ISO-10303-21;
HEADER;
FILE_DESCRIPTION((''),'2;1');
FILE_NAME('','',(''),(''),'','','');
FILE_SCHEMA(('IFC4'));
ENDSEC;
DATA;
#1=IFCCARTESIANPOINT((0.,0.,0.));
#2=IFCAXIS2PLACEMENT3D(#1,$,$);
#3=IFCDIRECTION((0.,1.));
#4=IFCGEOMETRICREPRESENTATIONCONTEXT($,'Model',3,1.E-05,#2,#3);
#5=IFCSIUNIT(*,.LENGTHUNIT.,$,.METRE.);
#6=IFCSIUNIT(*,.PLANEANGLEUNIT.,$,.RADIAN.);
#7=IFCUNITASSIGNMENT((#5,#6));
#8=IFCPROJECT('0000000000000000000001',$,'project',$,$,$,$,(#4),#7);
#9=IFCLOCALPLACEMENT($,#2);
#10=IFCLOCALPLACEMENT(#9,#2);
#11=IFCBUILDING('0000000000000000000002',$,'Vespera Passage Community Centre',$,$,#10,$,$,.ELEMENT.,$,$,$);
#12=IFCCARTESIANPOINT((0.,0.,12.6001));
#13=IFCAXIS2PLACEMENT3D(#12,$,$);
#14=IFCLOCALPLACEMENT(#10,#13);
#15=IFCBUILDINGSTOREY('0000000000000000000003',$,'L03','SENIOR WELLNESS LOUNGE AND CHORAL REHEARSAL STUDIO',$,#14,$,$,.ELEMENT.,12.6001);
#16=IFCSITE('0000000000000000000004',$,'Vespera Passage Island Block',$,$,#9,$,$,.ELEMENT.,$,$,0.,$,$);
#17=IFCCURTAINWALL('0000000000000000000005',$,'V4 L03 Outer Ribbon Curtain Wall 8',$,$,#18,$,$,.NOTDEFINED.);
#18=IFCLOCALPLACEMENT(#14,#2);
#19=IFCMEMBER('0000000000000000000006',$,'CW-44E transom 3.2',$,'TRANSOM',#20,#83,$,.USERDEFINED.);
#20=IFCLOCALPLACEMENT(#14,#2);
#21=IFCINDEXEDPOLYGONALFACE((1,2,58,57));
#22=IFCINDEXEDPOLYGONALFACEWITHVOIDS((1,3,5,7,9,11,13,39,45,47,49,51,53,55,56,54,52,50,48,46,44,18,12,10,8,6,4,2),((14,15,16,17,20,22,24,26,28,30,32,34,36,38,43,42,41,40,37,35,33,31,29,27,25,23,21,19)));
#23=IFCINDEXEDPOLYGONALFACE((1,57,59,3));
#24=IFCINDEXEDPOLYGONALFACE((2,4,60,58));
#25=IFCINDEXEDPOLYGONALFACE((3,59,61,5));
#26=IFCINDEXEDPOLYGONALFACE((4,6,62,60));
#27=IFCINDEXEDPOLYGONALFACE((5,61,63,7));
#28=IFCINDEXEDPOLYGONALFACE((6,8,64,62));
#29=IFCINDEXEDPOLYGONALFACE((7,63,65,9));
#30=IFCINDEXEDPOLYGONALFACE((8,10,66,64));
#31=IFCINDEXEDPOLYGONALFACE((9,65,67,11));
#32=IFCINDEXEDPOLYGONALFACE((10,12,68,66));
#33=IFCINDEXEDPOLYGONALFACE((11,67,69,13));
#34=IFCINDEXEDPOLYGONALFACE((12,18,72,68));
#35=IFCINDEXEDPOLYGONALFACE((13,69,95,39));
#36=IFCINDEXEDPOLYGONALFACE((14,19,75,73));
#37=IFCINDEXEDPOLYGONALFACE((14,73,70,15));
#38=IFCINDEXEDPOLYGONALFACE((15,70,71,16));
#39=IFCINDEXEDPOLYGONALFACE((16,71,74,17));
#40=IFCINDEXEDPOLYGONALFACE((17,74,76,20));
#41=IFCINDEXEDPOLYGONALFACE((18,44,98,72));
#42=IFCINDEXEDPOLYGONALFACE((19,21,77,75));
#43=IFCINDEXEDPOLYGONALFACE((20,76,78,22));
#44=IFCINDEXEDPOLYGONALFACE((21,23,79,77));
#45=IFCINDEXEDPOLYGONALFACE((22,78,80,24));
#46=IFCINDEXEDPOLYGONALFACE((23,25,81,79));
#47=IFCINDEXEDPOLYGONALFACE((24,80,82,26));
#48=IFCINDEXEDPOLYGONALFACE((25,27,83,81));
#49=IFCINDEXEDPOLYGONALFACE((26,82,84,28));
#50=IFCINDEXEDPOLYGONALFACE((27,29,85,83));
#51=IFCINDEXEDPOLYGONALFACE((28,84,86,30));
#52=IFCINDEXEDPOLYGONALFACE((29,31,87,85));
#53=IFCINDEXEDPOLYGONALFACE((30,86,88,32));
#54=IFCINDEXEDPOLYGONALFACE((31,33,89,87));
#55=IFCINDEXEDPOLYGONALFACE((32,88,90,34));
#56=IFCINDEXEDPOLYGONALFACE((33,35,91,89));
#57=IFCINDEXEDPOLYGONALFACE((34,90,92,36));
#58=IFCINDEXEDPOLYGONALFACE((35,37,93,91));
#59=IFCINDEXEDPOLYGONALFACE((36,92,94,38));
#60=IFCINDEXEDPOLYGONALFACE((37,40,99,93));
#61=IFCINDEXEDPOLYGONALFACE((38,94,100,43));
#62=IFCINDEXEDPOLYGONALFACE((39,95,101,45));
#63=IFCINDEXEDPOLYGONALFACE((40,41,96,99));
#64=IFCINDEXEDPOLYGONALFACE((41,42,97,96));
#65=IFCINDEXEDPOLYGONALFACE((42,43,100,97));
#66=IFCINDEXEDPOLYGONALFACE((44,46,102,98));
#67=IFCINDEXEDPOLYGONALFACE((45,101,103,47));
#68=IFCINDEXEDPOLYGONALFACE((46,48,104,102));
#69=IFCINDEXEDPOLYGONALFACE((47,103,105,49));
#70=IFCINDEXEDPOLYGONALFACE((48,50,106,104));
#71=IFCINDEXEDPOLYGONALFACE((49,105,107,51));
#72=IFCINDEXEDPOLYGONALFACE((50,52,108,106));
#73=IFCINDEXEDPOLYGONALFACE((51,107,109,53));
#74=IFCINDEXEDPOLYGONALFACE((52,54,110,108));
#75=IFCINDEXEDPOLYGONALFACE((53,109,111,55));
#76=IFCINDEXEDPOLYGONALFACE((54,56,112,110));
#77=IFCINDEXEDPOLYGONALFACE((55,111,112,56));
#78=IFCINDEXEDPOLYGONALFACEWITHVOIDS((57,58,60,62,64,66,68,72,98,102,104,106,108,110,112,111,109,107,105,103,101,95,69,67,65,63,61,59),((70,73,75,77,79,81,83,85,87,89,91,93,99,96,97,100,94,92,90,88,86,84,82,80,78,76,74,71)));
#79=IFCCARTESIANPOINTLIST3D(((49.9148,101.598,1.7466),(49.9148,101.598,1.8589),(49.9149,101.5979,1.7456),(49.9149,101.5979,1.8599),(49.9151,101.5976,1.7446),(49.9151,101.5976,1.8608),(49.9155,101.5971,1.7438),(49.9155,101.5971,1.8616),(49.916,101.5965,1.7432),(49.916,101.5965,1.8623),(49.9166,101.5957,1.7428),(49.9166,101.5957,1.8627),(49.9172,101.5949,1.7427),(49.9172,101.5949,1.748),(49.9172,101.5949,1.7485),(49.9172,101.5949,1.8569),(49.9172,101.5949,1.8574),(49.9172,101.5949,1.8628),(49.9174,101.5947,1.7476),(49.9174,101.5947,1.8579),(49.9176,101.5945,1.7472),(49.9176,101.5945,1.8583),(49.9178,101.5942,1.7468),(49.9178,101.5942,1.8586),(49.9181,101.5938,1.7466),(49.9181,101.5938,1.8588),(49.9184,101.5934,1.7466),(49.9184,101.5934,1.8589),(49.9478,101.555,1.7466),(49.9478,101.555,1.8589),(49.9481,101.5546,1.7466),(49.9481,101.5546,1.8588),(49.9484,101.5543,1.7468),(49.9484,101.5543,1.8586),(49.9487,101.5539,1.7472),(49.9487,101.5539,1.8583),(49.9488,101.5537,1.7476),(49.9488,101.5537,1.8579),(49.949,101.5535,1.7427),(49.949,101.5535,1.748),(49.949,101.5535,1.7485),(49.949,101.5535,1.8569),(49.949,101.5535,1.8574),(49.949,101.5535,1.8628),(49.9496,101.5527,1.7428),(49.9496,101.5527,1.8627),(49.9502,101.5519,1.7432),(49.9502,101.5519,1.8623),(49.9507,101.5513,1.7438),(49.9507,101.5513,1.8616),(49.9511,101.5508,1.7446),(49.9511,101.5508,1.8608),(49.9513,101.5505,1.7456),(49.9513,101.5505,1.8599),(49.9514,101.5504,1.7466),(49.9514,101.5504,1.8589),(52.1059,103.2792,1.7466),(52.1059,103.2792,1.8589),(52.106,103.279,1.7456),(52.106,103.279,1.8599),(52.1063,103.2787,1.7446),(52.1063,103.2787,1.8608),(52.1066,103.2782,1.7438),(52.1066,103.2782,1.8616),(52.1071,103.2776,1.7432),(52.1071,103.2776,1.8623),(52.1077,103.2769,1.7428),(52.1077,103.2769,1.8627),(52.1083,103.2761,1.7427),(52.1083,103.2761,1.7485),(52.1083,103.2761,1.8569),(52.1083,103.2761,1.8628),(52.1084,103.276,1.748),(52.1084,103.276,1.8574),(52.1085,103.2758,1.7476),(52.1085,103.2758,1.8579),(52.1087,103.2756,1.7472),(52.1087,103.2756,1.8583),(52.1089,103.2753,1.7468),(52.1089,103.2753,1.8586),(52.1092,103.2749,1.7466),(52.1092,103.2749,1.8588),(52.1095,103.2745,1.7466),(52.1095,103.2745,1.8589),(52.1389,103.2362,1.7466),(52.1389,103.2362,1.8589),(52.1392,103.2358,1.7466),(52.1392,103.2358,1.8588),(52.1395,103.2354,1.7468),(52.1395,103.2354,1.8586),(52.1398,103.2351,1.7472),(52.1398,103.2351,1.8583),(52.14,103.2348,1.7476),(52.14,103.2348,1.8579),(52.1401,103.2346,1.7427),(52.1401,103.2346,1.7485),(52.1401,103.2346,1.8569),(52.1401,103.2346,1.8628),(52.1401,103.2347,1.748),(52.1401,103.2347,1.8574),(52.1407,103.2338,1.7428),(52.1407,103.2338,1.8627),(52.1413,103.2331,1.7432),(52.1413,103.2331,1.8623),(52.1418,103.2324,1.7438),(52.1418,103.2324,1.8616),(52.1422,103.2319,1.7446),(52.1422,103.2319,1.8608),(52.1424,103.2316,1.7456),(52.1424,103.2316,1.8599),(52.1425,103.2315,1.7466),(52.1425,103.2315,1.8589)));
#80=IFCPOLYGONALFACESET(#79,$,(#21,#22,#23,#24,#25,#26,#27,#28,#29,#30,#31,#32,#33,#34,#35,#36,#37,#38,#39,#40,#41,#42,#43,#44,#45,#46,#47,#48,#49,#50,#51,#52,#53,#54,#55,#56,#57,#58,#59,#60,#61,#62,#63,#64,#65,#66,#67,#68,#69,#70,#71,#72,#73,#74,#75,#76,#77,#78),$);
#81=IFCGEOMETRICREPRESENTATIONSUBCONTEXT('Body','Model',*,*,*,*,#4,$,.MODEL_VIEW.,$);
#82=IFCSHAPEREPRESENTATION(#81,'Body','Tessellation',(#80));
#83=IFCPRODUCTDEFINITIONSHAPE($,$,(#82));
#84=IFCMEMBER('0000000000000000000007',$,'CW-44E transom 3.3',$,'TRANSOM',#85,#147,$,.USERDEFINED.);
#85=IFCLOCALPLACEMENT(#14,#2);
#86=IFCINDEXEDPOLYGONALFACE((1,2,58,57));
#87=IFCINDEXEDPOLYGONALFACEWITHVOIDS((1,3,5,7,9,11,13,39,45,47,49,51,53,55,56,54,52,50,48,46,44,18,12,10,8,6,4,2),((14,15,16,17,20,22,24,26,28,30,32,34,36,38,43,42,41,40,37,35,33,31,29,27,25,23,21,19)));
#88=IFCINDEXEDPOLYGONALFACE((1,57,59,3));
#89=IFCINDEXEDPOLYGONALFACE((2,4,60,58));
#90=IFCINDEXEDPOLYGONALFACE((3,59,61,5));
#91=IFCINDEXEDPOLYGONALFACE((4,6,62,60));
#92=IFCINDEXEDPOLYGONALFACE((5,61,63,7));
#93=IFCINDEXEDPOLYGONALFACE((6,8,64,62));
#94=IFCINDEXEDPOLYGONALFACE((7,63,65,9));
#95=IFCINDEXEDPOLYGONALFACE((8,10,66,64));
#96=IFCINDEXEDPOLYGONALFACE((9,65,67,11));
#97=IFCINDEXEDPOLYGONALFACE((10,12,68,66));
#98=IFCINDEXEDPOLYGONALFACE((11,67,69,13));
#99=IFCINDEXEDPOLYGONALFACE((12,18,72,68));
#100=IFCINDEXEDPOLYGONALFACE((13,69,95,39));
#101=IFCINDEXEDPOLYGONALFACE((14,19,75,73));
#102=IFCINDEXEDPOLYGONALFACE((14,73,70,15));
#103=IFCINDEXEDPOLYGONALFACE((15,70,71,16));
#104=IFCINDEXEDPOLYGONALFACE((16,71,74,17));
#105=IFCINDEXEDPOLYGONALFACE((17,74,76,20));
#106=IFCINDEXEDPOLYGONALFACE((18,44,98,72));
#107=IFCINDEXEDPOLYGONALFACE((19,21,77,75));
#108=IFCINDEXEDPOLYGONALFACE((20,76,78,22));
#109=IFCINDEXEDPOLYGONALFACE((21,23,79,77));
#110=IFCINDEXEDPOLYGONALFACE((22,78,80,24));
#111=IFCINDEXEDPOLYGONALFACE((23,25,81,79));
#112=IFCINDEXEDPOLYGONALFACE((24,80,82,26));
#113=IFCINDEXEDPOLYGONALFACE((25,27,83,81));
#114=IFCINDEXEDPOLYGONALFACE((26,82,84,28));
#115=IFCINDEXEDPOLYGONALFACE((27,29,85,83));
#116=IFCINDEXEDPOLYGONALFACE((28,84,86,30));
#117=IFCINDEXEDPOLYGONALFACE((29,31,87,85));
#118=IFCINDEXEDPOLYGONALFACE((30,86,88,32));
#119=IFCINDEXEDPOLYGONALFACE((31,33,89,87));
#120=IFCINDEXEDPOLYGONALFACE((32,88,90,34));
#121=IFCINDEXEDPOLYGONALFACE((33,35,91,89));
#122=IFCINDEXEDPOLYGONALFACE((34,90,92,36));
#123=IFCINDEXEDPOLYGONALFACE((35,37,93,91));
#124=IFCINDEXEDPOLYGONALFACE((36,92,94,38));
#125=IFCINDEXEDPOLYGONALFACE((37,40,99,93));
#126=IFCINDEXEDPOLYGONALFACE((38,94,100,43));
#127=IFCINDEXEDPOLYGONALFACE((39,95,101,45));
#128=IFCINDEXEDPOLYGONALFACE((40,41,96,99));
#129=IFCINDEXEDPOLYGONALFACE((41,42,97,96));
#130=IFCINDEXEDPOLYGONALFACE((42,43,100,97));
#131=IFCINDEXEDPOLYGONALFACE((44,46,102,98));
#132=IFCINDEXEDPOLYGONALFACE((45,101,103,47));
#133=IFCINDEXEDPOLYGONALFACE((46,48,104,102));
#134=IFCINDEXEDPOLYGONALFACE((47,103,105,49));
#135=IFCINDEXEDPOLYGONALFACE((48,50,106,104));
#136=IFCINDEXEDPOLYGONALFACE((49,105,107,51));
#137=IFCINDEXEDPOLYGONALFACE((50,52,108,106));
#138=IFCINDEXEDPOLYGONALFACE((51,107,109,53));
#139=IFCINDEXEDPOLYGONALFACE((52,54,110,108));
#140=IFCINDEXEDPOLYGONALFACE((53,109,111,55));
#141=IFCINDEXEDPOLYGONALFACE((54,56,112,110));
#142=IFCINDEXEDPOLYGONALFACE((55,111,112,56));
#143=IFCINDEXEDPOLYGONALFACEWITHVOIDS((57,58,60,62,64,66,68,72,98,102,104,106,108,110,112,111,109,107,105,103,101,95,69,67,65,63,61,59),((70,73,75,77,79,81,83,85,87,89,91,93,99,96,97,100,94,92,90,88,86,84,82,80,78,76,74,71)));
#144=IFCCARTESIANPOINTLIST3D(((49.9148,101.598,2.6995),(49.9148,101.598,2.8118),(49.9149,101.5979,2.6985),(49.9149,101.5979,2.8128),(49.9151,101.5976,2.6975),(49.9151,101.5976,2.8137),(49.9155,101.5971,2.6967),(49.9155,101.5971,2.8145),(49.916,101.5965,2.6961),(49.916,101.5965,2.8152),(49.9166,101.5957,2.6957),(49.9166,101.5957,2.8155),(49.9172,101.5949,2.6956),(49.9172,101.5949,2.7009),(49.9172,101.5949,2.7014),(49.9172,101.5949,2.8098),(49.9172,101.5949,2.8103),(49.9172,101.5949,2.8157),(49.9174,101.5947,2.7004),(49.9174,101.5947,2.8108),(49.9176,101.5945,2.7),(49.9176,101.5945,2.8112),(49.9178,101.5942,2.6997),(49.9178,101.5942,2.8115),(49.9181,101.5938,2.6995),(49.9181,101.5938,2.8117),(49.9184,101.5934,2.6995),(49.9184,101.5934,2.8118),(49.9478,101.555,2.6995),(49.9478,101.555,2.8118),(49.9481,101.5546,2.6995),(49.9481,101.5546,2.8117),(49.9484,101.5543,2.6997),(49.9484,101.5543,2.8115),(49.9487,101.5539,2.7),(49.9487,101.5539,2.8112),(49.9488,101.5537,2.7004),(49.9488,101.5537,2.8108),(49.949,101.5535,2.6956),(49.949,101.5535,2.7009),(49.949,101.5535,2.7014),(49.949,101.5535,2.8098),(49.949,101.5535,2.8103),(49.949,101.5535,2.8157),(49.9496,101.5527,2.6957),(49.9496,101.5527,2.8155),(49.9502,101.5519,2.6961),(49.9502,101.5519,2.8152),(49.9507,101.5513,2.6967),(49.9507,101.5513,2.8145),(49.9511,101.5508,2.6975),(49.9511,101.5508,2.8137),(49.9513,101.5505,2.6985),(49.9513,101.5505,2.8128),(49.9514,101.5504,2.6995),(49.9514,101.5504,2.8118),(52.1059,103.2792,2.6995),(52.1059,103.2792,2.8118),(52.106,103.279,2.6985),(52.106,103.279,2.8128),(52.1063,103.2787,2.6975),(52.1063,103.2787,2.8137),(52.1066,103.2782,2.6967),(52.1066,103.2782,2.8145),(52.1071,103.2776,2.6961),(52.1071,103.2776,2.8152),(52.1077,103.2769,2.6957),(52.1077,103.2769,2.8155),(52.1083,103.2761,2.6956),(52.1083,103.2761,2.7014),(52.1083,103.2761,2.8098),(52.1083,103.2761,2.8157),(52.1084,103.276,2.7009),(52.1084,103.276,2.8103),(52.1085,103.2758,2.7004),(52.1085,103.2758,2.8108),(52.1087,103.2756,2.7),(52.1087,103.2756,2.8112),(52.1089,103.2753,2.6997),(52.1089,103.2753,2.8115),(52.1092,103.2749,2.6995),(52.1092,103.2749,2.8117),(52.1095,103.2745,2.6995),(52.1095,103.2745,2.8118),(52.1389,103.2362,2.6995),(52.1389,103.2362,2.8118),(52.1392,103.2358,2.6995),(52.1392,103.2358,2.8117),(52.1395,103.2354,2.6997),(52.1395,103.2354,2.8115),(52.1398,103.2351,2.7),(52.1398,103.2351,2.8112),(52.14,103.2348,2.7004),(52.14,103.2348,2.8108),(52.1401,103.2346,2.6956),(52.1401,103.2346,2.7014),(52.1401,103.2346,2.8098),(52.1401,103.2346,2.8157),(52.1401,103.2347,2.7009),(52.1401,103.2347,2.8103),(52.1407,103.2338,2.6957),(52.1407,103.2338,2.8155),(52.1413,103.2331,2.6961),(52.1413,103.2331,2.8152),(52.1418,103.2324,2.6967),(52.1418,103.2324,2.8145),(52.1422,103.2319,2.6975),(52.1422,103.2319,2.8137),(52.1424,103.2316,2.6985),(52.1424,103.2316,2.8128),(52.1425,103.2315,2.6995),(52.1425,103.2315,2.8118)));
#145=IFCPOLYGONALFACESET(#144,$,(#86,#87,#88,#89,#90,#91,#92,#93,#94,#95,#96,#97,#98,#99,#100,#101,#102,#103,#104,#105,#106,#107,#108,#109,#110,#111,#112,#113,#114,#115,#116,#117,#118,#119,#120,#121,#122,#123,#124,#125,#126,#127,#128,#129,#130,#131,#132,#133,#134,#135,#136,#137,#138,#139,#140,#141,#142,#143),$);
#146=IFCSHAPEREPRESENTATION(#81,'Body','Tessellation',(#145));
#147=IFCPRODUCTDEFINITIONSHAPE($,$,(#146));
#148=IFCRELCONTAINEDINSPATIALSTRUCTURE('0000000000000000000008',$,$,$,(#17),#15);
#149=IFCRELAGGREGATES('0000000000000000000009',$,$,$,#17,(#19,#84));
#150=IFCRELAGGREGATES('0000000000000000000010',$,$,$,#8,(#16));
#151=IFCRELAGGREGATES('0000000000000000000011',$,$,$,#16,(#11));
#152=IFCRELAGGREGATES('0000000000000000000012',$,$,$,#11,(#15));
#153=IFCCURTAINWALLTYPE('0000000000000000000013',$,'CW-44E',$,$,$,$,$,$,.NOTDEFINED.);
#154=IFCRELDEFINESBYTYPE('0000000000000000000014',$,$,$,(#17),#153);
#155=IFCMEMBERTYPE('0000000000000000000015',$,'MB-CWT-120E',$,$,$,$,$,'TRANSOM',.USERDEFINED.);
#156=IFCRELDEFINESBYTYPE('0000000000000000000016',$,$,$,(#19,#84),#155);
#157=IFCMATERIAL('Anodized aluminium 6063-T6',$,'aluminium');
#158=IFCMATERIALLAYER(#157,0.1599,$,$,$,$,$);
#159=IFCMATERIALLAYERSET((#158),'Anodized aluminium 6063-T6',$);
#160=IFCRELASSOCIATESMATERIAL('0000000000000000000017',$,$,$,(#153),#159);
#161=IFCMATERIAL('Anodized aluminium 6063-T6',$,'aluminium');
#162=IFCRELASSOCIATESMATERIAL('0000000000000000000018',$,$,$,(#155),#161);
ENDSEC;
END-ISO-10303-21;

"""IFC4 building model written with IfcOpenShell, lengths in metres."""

from ifc_helpers import new_model, si_unit, direction, frame, origin, origin_2d, place, context, subcontext, project, spatial, hollow_rectangle, extrude, material, layer, layer_set, material_profile, profile_set, type_object, element, aggregate, save


model = new_model("IFC4")

# Units and contexts
model_context = context("Model", 3, precision=1e-05, world=origin(), true_north=direction((0.0, 1.0)))
body_context = subcontext(model_context, "Body", "Model", "MODEL_VIEW")
ifc_project = project(units=[si_unit("LENGTHUNIT", "METRE"), si_unit("PLANEANGLEUNIT", "RADIAN")], contexts=[model_context])

# Site, building, storey
site_placement = place(None, origin())
site = spatial("IfcSite", under=ifc_project, at=site_placement, Name="Vespera Passage Island Block", CompositionType="ELEMENT", RefElevation=0.0)
building_placement = place(site_placement, origin())
building = spatial("IfcBuilding", under=site, at=building_placement, Name="Vespera Passage Community Centre", CompositionType="ELEMENT")
storey_placement = place(building_placement, frame((0.0, 0.0, 12.6001)))
storey = spatial("IfcBuildingStorey", under=building, at=storey_placement, Name="L03", Description="SENIOR WELLNESS LOUNGE AND CHORAL REHEARSAL STUDIO", CompositionType="ELEMENT", Elevation=12.6001)

# Curtain wall
ifc_material_1 = material(Name="Anodized aluminium 6063-T6", Category="aluminium")
ifc_layer_1 = layer(ifc_material_1, 0.1599)
ifc_layer_set_1 = layer_set([ifc_layer_1], Name="Anodized aluminium 6063-T6")
curtain_wall_type_1 = type_object("IfcCurtainWallType", Name="CW-44E", PredefinedType="NOTDEFINED", material=ifc_layer_set_1)
curtain_wall_1_placement = place(storey_placement, origin())
curtain_wall_1 = element("IfcCurtainWall", 1, at=curtain_wall_1_placement, inside=storey, type_object=curtain_wall_type_1, Name="V4 L03 Outer Ribbon Curtain Wall 8", PredefinedType="NOTDEFINED")

# Members
ifc_material_2 = material(Name="Anodized aluminium 6063-T6", Category="aluminium")
ifc_material_profile_1 = material_profile(ifc_material_2, hollow_rectangle(XDim=0.0601, YDim=0.1201, WallThickness=0.0039, InnerFilletRadius=0.002, OuterFilletRadius=0.0039, at=origin_2d()), Name="ALU120X60X4")
ifc_profile_set_1 = profile_set([ifc_material_profile_1], Name="Anodized aluminium 6063-T6")
member_type_1 = type_object("IfcMemberType", Name="MB-CWT-120E", ElementType="TRANSOM", PredefinedType="USERDEFINED", material=ifc_profile_set_1)
member_1_placement = place(storey_placement, frame((49.9331, 101.5742, 1.8027), z_axis=(0.793386, 0.608719, 0.0), x_axis=(-0.608719, 0.793386, 0.0)))
member_1 = element("IfcMember", 2, at=member_1_placement, type_object=member_type_1, Name="CW-44E transom 3.2", ObjectType="TRANSOM", PredefinedType="USERDEFINED", context=body_context, shape_type="SweptSolid", body=[
    extrude(hollow_rectangle(XDim=0.0601, YDim=0.1201, WallThickness=0.0039, InnerFilletRadius=0.002, OuterFilletRadius=0.0039, at=origin_2d()), origin(), (0.0, 0.0, 1.0), 2.7617),
])
member_2_placement = place(storey_placement, frame((49.9331, 101.5742, 2.7556), z_axis=(0.793386, 0.608719, 0.0), x_axis=(-0.608719, 0.793386, 0.0)))
member_2 = element("IfcMember", 3, at=member_2_placement, type_object=member_type_1, Name="CW-44E transom 3.3", ObjectType="TRANSOM", PredefinedType="USERDEFINED", context=body_context, shape_type="SweptSolid", body=[
    extrude(hollow_rectangle(XDim=0.0601, YDim=0.1201, WallThickness=0.0039, InnerFilletRadius=0.002, OuterFilletRadius=0.0039, at=origin_2d()), origin(), (0.0, 0.0, 1.0), 2.7617),
])

aggregate(curtain_wall_1, [member_1, member_2])

save(model, "model.ifc")
